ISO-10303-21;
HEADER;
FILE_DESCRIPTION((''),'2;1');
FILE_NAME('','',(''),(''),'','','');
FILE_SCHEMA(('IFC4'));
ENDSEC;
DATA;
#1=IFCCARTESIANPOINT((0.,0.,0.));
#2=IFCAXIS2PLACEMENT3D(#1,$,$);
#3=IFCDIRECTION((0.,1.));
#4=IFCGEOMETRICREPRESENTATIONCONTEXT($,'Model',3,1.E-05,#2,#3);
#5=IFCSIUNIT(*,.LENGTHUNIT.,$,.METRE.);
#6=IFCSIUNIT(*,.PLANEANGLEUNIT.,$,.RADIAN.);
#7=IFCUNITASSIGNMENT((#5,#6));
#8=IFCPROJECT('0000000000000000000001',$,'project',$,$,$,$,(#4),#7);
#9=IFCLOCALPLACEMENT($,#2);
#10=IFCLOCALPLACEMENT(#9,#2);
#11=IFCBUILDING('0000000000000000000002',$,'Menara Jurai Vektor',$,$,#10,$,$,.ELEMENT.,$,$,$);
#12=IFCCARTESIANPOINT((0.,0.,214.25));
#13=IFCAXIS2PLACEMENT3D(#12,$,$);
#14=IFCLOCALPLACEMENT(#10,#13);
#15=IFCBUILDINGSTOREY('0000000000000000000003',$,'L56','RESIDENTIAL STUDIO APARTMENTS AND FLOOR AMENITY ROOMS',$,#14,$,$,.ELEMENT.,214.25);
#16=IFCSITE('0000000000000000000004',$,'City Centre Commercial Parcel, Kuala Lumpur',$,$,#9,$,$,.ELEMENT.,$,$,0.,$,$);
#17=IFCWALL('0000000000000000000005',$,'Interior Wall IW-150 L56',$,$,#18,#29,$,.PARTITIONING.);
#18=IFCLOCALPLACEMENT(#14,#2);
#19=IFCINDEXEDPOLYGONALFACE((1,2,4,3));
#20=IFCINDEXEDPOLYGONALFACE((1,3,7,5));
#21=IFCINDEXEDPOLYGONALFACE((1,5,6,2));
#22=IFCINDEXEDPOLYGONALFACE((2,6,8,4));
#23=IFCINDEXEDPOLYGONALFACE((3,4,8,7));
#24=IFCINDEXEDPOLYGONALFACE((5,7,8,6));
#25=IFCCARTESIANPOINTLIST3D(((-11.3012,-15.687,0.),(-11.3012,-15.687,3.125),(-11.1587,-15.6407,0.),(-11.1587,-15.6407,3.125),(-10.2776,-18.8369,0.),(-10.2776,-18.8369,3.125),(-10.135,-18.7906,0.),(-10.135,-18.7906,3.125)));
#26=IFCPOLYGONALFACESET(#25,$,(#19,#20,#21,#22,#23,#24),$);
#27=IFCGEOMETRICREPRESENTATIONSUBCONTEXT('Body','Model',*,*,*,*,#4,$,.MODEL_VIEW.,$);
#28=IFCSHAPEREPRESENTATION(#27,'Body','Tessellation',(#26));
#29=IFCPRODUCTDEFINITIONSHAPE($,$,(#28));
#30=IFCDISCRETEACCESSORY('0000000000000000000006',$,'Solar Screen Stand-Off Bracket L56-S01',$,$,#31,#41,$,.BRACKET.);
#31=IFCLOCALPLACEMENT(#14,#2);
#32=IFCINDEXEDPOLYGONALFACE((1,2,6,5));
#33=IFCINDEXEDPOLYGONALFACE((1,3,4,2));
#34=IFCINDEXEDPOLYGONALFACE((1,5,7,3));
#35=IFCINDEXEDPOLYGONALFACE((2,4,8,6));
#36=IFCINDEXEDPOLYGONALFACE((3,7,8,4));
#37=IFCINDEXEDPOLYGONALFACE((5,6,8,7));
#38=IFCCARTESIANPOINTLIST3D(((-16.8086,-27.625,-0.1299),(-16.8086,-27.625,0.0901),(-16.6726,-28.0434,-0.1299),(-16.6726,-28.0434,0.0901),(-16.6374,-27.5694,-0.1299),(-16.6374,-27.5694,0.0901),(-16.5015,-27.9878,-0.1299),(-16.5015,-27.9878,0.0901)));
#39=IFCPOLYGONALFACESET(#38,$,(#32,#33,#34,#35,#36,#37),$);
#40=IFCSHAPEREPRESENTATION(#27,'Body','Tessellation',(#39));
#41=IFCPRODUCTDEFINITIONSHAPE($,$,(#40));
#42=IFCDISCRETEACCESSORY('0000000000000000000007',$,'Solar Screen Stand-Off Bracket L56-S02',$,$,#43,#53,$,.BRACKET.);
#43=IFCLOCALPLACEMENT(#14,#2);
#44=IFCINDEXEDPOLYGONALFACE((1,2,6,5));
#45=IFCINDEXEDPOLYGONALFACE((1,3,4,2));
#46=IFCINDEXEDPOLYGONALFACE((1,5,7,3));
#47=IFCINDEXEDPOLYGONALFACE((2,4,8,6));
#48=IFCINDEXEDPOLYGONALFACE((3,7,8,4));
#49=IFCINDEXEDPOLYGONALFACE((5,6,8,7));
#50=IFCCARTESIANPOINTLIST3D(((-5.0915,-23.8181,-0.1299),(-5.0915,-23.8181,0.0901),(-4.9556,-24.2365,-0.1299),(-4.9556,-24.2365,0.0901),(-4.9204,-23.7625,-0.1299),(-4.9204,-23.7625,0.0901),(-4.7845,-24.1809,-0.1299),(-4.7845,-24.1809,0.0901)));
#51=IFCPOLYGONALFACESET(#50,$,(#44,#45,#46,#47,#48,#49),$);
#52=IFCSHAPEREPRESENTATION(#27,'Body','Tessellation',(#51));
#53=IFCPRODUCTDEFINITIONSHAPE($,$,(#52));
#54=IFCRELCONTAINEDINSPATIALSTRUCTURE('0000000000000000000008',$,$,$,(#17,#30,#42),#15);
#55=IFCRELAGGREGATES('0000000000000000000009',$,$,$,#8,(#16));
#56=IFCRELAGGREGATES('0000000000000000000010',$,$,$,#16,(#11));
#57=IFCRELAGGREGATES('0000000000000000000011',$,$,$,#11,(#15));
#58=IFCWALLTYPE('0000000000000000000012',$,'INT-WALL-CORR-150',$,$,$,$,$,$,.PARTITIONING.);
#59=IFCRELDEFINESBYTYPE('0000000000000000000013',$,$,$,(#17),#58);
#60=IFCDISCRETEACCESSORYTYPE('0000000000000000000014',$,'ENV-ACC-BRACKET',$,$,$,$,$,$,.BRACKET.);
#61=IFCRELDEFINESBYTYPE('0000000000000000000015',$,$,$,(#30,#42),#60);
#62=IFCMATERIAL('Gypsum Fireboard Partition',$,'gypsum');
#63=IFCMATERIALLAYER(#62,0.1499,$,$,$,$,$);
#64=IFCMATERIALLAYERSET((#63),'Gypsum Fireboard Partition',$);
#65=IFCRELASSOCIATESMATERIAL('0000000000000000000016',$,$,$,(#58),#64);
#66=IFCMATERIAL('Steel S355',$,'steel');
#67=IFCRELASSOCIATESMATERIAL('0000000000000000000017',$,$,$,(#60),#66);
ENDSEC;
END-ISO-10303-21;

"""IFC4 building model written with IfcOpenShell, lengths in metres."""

from ifc_helpers import new_model, si_unit, direction, frame, frame_2d, origin, origin_2d, place, context, subcontext, project, spatial, rectangle, extrude, material, layer, layer_set, type_object, element, save


model = new_model("IFC4")

# Units and contexts
model_context = context("Model", 3, precision=1e-05, world=origin(), true_north=direction((0.0, 1.0)))
body_context = subcontext(model_context, "Body", "Model", "MODEL_VIEW")
ifc_project = project(units=[si_unit("LENGTHUNIT", "METRE"), si_unit("PLANEANGLEUNIT", "RADIAN")], contexts=[model_context])

# Site, building, storey
site_placement = place(None, origin())
site = spatial("IfcSite", under=ifc_project, at=site_placement, Name="City Centre Commercial Parcel, Kuala Lumpur", CompositionType="ELEMENT", RefElevation=0.0)
building_placement = place(site_placement, origin())
building = spatial("IfcBuilding", under=site, at=building_placement, Name="Menara Jurai Vektor", CompositionType="ELEMENT")
storey_placement = place(building_placement, frame((0.0, 0.0, 214.25)))
storey = spatial("IfcBuildingStorey", under=building, at=storey_placement, Name="L56", Description="RESIDENTIAL STUDIO APARTMENTS AND FLOOR AMENITY ROOMS", CompositionType="ELEMENT", Elevation=214.25)

# Shared definitions
ifc_material_1 = material(Name="Steel S355", Category="steel")

# Shared definitions
ifc_material_2 = material(Name="Gypsum Fireboard Partition", Category="gypsum")
ifc_layer_1 = layer(ifc_material_2, 0.1499)
ifc_layer_set_1 = layer_set([ifc_layer_1], Name="Gypsum Fireboard Partition")
wall_type = type_object("IfcWallType", Name="INT-WALL-CORR-150", PredefinedType="PARTITIONING", material=ifc_layer_set_1)

# Wall
for number, where, z_axis, x_axis, name in (
    (1, (-10.2063, -18.8137, 0.0), (0.0, 0.0, 1.0), (-0.309076, 0.951037, 0.0), "Interior Wall IW-150 L56"),
):
    element("IfcWall", number, at=place(storey_placement, frame(where, z_axis=z_axis, x_axis=x_axis)), inside=storey, type_object=wall_type, Name=name, PredefinedType="PARTITIONING", context=body_context, shape_type="SweptSolid", body=[
        extrude(rectangle(XDim=3.312, YDim=0.1499, at=frame_2d((1.656, 0.0))), origin(), (0.0, 0.0, 1.0), 3.125),
    ])

# Discrete accessories
discrete_accessory_type = type_object("IfcDiscreteAccessoryType", Name="ENV-ACC-BRACKET", PredefinedType="BRACKET", material=ifc_material_1)
for number, where, z_axis, x_axis, name in (
    (2, (-16.655, -27.8064, -0.1299), (0.0, 0.0, 1.0), (0.951057, 0.309017, 0.0), "Solar Screen Stand-Off Bracket L56-S01"),
    (3, (-4.938, -23.9995, -0.1299), (0.0, 0.0, 1.0), (0.951057, 0.309017, 0.0), "Solar Screen Stand-Off Bracket L56-S02"),
):
    element("IfcDiscreteAccessory", number, at=place(storey_placement, frame(where, z_axis=z_axis, x_axis=x_axis)), inside=storey, type_object=discrete_accessory_type, Name=name, PredefinedType="BRACKET", context=body_context, shape_type="SweptSolid", body=[
        extrude(rectangle(XDim=0.1799, YDim=0.4399, at=origin_2d()), origin(), (0.0, 0.0, 1.0), 0.22),
    ])

save(model, "model.ifc")
